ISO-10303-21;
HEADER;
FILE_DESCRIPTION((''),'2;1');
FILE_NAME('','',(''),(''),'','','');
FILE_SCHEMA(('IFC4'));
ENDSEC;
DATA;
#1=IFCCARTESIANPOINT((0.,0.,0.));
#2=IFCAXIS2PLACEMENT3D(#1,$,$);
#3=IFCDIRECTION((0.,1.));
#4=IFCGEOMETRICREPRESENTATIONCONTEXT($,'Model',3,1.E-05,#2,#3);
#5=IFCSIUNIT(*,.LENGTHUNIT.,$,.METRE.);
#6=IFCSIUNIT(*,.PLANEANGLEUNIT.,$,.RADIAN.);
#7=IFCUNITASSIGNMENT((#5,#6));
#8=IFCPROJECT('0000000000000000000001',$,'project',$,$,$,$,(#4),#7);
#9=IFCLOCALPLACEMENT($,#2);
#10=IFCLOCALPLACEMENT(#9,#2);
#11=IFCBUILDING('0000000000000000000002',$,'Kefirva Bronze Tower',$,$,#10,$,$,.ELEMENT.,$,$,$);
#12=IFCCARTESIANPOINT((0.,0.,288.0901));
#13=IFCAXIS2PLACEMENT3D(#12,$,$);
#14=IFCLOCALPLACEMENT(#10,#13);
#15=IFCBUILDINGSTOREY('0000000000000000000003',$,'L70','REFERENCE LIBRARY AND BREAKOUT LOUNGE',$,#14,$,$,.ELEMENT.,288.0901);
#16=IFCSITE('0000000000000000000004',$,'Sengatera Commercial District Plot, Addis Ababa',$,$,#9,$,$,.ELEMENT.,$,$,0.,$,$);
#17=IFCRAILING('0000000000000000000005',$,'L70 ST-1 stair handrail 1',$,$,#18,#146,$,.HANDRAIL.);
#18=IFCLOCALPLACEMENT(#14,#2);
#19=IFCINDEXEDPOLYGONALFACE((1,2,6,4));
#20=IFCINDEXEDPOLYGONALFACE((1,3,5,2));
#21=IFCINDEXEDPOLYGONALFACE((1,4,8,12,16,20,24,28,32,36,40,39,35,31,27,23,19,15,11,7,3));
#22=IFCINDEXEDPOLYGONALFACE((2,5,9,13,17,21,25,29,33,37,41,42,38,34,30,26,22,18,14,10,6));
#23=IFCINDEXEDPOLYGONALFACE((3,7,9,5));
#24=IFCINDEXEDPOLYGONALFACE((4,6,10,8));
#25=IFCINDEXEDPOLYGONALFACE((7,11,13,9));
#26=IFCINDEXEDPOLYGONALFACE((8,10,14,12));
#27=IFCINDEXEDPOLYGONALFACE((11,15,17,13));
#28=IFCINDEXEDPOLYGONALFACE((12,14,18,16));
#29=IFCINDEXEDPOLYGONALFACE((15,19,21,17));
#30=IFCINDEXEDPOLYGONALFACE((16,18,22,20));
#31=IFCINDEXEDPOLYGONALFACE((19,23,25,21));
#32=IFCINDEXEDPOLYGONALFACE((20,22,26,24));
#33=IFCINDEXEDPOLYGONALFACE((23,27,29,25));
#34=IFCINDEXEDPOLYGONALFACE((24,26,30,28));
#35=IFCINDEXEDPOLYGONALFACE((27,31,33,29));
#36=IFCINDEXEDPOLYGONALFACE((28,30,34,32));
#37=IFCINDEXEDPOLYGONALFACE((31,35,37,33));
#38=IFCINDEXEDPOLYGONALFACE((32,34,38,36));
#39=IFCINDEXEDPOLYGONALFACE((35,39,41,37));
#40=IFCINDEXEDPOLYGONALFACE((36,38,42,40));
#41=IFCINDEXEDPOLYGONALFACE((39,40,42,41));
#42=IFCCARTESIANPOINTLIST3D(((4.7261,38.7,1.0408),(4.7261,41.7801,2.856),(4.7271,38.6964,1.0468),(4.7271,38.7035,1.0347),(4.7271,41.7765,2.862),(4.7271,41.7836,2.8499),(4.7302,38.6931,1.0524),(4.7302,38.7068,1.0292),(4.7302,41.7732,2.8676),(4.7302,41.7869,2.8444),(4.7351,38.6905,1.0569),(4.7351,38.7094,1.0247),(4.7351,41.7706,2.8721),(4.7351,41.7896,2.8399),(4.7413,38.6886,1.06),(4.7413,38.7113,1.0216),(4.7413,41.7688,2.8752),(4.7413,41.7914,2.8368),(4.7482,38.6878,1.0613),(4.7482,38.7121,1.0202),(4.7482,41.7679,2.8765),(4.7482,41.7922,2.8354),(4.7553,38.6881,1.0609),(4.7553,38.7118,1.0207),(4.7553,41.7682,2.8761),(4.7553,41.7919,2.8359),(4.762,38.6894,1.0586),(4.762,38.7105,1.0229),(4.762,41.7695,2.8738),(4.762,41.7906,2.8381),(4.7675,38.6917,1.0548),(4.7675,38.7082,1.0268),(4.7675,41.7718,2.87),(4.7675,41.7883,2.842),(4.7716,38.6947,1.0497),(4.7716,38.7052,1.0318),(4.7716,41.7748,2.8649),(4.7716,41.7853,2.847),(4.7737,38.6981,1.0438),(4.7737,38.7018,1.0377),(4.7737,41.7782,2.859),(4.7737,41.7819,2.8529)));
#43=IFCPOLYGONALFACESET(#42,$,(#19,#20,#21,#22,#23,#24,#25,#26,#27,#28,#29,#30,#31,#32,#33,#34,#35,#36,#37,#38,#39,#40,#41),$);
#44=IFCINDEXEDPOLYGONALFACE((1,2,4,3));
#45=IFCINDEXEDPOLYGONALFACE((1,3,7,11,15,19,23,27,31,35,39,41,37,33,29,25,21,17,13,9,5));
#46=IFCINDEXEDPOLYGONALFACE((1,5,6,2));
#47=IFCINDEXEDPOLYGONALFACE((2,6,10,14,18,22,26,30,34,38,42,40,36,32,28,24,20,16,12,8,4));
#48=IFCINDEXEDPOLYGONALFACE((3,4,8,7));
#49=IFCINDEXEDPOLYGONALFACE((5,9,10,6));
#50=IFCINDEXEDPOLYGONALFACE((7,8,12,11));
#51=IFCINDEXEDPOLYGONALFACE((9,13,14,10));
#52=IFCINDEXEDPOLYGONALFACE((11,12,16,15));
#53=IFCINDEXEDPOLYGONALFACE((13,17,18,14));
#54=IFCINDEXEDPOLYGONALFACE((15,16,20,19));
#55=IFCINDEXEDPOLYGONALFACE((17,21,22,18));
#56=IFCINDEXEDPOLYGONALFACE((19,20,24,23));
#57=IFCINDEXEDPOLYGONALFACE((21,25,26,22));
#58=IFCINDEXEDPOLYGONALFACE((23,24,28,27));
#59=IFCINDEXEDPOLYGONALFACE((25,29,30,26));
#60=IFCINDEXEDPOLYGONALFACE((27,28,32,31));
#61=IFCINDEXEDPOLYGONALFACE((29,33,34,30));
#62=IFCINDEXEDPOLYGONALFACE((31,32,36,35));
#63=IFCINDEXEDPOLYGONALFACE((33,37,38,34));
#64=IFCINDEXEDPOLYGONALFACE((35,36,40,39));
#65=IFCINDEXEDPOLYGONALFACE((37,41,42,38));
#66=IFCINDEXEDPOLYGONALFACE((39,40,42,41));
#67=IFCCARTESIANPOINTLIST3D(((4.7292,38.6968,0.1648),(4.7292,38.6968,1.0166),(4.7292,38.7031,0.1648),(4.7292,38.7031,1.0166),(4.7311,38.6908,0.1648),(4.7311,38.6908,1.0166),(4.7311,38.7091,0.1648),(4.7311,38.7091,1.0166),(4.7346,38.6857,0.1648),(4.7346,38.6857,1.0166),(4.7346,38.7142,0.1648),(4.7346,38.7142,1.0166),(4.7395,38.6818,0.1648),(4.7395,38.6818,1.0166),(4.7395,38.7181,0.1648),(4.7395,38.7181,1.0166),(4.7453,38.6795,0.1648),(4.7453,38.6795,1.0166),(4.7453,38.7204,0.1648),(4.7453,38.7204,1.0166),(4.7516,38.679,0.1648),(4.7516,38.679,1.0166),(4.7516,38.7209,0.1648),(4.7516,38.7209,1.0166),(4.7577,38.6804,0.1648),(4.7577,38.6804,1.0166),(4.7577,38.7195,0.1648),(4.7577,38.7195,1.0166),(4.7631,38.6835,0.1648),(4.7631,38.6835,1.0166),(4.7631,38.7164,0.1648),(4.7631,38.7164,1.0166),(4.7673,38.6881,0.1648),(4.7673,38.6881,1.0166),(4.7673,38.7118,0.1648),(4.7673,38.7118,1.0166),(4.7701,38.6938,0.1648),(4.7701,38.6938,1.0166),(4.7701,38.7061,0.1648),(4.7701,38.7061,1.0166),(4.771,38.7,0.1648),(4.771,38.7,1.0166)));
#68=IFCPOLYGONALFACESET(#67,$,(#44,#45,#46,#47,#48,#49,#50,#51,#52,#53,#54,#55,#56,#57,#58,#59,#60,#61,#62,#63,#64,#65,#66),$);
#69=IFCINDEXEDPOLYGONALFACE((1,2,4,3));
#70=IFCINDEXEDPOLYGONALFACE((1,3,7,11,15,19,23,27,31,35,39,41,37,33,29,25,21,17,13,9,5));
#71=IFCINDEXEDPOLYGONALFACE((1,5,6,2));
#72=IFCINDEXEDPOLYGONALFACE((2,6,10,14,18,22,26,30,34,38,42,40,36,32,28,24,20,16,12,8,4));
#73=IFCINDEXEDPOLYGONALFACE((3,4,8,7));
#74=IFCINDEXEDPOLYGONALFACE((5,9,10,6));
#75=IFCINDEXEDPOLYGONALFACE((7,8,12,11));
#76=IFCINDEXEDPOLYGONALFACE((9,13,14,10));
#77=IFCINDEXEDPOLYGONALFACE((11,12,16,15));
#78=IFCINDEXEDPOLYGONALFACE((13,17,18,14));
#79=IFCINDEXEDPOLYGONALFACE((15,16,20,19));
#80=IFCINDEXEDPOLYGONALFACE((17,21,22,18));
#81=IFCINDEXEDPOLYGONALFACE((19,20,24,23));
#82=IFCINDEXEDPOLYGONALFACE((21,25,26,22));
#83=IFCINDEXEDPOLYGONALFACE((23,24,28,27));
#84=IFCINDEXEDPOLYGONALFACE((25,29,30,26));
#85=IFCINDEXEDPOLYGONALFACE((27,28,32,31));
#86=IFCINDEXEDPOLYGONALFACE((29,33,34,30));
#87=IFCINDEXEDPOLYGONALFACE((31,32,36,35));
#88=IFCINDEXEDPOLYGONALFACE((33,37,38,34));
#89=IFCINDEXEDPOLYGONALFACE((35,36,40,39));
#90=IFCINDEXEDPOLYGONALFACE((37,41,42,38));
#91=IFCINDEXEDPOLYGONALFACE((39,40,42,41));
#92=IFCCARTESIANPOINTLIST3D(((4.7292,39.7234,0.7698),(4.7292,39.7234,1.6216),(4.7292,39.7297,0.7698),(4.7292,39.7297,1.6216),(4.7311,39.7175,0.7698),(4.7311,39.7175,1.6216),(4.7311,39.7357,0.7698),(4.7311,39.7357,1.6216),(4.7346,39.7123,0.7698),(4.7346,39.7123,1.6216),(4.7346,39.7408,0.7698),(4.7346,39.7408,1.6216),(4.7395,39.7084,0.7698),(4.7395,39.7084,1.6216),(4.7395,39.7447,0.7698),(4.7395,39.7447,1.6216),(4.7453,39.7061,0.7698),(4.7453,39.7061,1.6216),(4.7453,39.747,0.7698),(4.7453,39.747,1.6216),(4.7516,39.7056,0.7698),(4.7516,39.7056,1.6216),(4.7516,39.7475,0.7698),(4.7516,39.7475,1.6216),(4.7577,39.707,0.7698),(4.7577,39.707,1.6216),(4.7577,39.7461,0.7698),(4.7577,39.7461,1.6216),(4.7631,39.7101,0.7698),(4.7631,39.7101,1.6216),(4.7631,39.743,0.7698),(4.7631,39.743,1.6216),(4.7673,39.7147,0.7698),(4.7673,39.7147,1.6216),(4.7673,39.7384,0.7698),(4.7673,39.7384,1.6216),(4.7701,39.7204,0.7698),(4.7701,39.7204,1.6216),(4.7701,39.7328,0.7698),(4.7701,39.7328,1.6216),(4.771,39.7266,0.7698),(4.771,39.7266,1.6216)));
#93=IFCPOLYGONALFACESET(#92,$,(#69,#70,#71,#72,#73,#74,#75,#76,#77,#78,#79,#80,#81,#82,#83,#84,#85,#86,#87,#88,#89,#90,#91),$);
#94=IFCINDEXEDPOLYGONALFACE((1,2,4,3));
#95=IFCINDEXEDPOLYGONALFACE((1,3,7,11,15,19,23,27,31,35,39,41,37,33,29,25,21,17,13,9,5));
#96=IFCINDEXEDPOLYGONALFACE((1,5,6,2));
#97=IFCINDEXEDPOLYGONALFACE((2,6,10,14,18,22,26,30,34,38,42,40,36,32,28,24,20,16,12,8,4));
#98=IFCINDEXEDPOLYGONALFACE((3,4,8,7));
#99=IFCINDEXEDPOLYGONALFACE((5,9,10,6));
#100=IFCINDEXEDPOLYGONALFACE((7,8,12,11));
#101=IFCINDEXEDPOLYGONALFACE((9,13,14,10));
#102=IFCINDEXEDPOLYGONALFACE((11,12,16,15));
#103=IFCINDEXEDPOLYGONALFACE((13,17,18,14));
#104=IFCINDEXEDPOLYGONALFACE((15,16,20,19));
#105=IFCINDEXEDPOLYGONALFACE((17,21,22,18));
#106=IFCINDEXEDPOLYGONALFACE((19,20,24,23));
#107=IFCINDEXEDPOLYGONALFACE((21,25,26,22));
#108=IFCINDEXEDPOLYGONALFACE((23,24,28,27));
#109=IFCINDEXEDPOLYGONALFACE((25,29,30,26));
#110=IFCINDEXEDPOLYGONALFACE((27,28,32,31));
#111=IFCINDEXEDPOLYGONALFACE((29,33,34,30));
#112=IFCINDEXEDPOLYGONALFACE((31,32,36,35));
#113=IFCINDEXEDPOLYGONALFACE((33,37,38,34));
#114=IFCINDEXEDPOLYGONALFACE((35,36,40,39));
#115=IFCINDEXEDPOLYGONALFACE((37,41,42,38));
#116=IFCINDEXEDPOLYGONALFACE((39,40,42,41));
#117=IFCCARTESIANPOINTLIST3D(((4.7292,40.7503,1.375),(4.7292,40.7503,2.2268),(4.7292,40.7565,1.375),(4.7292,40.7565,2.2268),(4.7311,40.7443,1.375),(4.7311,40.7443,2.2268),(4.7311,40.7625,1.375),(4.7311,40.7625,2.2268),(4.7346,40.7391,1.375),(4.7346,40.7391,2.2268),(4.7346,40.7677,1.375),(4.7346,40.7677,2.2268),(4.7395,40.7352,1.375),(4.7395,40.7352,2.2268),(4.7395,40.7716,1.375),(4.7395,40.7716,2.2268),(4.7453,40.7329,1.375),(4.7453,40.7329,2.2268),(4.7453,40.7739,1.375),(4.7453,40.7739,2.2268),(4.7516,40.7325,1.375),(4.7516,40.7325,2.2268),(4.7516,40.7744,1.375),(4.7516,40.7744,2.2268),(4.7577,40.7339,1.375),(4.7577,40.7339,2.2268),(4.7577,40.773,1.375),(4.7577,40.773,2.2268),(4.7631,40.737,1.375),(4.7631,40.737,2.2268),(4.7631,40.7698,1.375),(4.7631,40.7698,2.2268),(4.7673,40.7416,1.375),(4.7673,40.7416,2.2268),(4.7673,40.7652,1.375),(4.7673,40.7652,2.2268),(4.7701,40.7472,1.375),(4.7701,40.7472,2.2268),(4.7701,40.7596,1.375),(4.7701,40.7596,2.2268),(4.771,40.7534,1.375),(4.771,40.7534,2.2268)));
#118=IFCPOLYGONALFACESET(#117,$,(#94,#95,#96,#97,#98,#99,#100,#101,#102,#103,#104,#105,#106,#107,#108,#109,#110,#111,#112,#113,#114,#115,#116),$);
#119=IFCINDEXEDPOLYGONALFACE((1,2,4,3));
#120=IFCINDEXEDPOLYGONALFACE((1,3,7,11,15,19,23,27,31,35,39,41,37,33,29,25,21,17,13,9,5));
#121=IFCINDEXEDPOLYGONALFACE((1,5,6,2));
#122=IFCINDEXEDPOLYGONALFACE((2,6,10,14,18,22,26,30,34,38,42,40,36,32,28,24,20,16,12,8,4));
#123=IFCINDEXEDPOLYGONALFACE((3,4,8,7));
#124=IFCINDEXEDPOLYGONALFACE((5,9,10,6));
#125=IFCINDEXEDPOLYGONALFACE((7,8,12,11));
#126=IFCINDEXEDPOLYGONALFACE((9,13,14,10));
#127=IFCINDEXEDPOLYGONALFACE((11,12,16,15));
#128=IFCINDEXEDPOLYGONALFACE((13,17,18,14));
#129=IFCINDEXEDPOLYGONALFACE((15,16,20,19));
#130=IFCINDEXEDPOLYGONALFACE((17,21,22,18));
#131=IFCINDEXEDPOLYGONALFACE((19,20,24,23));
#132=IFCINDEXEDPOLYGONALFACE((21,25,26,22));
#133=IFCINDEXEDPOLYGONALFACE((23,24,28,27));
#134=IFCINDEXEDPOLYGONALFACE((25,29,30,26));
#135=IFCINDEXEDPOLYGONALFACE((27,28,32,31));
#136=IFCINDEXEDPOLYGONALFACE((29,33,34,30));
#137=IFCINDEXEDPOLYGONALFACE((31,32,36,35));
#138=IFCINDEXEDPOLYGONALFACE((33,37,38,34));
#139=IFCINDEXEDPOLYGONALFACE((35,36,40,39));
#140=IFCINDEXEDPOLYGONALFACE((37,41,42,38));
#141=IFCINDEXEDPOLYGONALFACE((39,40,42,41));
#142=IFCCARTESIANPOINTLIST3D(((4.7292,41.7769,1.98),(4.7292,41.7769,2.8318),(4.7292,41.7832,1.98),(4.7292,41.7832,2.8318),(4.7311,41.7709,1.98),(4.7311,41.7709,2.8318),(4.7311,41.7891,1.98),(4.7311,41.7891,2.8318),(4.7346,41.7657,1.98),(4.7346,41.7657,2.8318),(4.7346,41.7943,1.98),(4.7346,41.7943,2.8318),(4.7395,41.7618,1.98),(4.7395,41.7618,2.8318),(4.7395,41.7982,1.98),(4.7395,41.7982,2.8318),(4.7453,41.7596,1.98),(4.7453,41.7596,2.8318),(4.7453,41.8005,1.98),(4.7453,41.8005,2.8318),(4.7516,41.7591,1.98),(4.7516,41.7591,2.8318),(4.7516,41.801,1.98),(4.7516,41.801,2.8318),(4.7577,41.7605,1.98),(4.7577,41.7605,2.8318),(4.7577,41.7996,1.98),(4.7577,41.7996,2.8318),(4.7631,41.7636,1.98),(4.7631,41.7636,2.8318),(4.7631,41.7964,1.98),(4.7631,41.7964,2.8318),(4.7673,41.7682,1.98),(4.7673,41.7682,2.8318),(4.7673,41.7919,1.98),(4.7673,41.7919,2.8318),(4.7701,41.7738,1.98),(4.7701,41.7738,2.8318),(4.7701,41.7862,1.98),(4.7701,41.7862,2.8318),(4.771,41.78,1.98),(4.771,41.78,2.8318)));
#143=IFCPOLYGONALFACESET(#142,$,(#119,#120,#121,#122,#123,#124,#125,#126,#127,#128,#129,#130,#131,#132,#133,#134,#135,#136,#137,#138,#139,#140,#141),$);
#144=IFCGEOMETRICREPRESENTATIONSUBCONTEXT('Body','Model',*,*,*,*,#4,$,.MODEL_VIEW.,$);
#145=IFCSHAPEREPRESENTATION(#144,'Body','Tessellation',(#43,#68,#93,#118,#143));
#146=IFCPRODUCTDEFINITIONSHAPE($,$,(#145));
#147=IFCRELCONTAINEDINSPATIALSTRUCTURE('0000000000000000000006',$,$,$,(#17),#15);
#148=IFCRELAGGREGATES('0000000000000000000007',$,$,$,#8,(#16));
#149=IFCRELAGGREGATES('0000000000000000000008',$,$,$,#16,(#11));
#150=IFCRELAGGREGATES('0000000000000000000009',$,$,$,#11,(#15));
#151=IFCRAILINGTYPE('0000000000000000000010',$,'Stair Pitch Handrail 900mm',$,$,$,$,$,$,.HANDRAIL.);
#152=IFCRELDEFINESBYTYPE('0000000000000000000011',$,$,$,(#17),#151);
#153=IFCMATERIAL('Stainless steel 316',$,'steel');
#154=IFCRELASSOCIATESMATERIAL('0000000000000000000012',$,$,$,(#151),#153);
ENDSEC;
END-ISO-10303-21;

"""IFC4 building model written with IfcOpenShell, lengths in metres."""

from ifc_helpers import new_model, si_unit, direction, frame, origin, origin_2d, place, context, subcontext, project, spatial, circle, extrude, material, type_object, element, save


model = new_model("IFC4")

# Units and contexts
model_context = context("Model", 3, precision=1e-05, world=origin(), true_north=direction((0.0, 1.0)))
body_context = subcontext(model_context, "Body", "Model", "MODEL_VIEW")
ifc_project = project(units=[si_unit("LENGTHUNIT", "METRE"), si_unit("PLANEANGLEUNIT", "RADIAN")], contexts=[model_context])

# Site, building, storey
site_placement = place(None, origin())
site = spatial("IfcSite", under=ifc_project, at=site_placement, Name="Sengatera Commercial District Plot, Addis Ababa", CompositionType="ELEMENT", RefElevation=0.0)
building_placement = place(site_placement, origin())
building = spatial("IfcBuilding", under=site, at=building_placement, Name="Kefirva Bronze Tower", CompositionType="ELEMENT")
storey_placement = place(building_placement, frame((0.0, 0.0, 288.0901)))
storey = spatial("IfcBuildingStorey", under=building, at=storey_placement, Name="L70", Description="REFERENCE LIBRARY AND BREAKOUT LOUNGE", CompositionType="ELEMENT", Elevation=288.0901)

# Railing
ifc_material_1 = material(Name="Stainless steel 316", Category="steel")
railing_type_1 = type_object("IfcRailingType", Name="Stair Pitch Handrail 900mm", PredefinedType="HANDRAIL", material=ifc_material_1)
railing_1_placement = place(storey_placement, frame((4.75, 38.7, 0.1648)))
element("IfcRailing", 1, at=railing_1_placement, inside=storey, type_object=railing_type_1, Name="L70 ST-1 stair handrail 1", PredefinedType="HANDRAIL", context=body_context, shape_type="SweptSolid", body=[
    extrude(circle(Radius=0.0239, at=origin_2d()), frame((0.0, 0.0, 0.876), z_axis=(0.0, 0.861521, 0.507721), x_axis=(-1.0, 0.0, 0.0)), (0.0, 0.0, 1.0), 3.5752),
    extrude(circle(Radius=0.021, at=origin_2d()), origin(), (0.0, 0.0, 1.0), 0.8518),
    extrude(circle(Radius=0.021, at=origin_2d()), frame((0.0, 1.0266, 0.605)), (0.0, 0.0, 1.0), 0.8518),
    extrude(circle(Radius=0.021, at=origin_2d()), frame((0.0, 2.0535, 1.2102)), (0.0, 0.0, 1.0), 0.8518),
    extrude(circle(Radius=0.021, at=origin_2d()), frame((0.0, 3.0801, 1.8152)), (0.0, 0.0, 1.0), 0.8518),
])

save(model, "model.ifc")
